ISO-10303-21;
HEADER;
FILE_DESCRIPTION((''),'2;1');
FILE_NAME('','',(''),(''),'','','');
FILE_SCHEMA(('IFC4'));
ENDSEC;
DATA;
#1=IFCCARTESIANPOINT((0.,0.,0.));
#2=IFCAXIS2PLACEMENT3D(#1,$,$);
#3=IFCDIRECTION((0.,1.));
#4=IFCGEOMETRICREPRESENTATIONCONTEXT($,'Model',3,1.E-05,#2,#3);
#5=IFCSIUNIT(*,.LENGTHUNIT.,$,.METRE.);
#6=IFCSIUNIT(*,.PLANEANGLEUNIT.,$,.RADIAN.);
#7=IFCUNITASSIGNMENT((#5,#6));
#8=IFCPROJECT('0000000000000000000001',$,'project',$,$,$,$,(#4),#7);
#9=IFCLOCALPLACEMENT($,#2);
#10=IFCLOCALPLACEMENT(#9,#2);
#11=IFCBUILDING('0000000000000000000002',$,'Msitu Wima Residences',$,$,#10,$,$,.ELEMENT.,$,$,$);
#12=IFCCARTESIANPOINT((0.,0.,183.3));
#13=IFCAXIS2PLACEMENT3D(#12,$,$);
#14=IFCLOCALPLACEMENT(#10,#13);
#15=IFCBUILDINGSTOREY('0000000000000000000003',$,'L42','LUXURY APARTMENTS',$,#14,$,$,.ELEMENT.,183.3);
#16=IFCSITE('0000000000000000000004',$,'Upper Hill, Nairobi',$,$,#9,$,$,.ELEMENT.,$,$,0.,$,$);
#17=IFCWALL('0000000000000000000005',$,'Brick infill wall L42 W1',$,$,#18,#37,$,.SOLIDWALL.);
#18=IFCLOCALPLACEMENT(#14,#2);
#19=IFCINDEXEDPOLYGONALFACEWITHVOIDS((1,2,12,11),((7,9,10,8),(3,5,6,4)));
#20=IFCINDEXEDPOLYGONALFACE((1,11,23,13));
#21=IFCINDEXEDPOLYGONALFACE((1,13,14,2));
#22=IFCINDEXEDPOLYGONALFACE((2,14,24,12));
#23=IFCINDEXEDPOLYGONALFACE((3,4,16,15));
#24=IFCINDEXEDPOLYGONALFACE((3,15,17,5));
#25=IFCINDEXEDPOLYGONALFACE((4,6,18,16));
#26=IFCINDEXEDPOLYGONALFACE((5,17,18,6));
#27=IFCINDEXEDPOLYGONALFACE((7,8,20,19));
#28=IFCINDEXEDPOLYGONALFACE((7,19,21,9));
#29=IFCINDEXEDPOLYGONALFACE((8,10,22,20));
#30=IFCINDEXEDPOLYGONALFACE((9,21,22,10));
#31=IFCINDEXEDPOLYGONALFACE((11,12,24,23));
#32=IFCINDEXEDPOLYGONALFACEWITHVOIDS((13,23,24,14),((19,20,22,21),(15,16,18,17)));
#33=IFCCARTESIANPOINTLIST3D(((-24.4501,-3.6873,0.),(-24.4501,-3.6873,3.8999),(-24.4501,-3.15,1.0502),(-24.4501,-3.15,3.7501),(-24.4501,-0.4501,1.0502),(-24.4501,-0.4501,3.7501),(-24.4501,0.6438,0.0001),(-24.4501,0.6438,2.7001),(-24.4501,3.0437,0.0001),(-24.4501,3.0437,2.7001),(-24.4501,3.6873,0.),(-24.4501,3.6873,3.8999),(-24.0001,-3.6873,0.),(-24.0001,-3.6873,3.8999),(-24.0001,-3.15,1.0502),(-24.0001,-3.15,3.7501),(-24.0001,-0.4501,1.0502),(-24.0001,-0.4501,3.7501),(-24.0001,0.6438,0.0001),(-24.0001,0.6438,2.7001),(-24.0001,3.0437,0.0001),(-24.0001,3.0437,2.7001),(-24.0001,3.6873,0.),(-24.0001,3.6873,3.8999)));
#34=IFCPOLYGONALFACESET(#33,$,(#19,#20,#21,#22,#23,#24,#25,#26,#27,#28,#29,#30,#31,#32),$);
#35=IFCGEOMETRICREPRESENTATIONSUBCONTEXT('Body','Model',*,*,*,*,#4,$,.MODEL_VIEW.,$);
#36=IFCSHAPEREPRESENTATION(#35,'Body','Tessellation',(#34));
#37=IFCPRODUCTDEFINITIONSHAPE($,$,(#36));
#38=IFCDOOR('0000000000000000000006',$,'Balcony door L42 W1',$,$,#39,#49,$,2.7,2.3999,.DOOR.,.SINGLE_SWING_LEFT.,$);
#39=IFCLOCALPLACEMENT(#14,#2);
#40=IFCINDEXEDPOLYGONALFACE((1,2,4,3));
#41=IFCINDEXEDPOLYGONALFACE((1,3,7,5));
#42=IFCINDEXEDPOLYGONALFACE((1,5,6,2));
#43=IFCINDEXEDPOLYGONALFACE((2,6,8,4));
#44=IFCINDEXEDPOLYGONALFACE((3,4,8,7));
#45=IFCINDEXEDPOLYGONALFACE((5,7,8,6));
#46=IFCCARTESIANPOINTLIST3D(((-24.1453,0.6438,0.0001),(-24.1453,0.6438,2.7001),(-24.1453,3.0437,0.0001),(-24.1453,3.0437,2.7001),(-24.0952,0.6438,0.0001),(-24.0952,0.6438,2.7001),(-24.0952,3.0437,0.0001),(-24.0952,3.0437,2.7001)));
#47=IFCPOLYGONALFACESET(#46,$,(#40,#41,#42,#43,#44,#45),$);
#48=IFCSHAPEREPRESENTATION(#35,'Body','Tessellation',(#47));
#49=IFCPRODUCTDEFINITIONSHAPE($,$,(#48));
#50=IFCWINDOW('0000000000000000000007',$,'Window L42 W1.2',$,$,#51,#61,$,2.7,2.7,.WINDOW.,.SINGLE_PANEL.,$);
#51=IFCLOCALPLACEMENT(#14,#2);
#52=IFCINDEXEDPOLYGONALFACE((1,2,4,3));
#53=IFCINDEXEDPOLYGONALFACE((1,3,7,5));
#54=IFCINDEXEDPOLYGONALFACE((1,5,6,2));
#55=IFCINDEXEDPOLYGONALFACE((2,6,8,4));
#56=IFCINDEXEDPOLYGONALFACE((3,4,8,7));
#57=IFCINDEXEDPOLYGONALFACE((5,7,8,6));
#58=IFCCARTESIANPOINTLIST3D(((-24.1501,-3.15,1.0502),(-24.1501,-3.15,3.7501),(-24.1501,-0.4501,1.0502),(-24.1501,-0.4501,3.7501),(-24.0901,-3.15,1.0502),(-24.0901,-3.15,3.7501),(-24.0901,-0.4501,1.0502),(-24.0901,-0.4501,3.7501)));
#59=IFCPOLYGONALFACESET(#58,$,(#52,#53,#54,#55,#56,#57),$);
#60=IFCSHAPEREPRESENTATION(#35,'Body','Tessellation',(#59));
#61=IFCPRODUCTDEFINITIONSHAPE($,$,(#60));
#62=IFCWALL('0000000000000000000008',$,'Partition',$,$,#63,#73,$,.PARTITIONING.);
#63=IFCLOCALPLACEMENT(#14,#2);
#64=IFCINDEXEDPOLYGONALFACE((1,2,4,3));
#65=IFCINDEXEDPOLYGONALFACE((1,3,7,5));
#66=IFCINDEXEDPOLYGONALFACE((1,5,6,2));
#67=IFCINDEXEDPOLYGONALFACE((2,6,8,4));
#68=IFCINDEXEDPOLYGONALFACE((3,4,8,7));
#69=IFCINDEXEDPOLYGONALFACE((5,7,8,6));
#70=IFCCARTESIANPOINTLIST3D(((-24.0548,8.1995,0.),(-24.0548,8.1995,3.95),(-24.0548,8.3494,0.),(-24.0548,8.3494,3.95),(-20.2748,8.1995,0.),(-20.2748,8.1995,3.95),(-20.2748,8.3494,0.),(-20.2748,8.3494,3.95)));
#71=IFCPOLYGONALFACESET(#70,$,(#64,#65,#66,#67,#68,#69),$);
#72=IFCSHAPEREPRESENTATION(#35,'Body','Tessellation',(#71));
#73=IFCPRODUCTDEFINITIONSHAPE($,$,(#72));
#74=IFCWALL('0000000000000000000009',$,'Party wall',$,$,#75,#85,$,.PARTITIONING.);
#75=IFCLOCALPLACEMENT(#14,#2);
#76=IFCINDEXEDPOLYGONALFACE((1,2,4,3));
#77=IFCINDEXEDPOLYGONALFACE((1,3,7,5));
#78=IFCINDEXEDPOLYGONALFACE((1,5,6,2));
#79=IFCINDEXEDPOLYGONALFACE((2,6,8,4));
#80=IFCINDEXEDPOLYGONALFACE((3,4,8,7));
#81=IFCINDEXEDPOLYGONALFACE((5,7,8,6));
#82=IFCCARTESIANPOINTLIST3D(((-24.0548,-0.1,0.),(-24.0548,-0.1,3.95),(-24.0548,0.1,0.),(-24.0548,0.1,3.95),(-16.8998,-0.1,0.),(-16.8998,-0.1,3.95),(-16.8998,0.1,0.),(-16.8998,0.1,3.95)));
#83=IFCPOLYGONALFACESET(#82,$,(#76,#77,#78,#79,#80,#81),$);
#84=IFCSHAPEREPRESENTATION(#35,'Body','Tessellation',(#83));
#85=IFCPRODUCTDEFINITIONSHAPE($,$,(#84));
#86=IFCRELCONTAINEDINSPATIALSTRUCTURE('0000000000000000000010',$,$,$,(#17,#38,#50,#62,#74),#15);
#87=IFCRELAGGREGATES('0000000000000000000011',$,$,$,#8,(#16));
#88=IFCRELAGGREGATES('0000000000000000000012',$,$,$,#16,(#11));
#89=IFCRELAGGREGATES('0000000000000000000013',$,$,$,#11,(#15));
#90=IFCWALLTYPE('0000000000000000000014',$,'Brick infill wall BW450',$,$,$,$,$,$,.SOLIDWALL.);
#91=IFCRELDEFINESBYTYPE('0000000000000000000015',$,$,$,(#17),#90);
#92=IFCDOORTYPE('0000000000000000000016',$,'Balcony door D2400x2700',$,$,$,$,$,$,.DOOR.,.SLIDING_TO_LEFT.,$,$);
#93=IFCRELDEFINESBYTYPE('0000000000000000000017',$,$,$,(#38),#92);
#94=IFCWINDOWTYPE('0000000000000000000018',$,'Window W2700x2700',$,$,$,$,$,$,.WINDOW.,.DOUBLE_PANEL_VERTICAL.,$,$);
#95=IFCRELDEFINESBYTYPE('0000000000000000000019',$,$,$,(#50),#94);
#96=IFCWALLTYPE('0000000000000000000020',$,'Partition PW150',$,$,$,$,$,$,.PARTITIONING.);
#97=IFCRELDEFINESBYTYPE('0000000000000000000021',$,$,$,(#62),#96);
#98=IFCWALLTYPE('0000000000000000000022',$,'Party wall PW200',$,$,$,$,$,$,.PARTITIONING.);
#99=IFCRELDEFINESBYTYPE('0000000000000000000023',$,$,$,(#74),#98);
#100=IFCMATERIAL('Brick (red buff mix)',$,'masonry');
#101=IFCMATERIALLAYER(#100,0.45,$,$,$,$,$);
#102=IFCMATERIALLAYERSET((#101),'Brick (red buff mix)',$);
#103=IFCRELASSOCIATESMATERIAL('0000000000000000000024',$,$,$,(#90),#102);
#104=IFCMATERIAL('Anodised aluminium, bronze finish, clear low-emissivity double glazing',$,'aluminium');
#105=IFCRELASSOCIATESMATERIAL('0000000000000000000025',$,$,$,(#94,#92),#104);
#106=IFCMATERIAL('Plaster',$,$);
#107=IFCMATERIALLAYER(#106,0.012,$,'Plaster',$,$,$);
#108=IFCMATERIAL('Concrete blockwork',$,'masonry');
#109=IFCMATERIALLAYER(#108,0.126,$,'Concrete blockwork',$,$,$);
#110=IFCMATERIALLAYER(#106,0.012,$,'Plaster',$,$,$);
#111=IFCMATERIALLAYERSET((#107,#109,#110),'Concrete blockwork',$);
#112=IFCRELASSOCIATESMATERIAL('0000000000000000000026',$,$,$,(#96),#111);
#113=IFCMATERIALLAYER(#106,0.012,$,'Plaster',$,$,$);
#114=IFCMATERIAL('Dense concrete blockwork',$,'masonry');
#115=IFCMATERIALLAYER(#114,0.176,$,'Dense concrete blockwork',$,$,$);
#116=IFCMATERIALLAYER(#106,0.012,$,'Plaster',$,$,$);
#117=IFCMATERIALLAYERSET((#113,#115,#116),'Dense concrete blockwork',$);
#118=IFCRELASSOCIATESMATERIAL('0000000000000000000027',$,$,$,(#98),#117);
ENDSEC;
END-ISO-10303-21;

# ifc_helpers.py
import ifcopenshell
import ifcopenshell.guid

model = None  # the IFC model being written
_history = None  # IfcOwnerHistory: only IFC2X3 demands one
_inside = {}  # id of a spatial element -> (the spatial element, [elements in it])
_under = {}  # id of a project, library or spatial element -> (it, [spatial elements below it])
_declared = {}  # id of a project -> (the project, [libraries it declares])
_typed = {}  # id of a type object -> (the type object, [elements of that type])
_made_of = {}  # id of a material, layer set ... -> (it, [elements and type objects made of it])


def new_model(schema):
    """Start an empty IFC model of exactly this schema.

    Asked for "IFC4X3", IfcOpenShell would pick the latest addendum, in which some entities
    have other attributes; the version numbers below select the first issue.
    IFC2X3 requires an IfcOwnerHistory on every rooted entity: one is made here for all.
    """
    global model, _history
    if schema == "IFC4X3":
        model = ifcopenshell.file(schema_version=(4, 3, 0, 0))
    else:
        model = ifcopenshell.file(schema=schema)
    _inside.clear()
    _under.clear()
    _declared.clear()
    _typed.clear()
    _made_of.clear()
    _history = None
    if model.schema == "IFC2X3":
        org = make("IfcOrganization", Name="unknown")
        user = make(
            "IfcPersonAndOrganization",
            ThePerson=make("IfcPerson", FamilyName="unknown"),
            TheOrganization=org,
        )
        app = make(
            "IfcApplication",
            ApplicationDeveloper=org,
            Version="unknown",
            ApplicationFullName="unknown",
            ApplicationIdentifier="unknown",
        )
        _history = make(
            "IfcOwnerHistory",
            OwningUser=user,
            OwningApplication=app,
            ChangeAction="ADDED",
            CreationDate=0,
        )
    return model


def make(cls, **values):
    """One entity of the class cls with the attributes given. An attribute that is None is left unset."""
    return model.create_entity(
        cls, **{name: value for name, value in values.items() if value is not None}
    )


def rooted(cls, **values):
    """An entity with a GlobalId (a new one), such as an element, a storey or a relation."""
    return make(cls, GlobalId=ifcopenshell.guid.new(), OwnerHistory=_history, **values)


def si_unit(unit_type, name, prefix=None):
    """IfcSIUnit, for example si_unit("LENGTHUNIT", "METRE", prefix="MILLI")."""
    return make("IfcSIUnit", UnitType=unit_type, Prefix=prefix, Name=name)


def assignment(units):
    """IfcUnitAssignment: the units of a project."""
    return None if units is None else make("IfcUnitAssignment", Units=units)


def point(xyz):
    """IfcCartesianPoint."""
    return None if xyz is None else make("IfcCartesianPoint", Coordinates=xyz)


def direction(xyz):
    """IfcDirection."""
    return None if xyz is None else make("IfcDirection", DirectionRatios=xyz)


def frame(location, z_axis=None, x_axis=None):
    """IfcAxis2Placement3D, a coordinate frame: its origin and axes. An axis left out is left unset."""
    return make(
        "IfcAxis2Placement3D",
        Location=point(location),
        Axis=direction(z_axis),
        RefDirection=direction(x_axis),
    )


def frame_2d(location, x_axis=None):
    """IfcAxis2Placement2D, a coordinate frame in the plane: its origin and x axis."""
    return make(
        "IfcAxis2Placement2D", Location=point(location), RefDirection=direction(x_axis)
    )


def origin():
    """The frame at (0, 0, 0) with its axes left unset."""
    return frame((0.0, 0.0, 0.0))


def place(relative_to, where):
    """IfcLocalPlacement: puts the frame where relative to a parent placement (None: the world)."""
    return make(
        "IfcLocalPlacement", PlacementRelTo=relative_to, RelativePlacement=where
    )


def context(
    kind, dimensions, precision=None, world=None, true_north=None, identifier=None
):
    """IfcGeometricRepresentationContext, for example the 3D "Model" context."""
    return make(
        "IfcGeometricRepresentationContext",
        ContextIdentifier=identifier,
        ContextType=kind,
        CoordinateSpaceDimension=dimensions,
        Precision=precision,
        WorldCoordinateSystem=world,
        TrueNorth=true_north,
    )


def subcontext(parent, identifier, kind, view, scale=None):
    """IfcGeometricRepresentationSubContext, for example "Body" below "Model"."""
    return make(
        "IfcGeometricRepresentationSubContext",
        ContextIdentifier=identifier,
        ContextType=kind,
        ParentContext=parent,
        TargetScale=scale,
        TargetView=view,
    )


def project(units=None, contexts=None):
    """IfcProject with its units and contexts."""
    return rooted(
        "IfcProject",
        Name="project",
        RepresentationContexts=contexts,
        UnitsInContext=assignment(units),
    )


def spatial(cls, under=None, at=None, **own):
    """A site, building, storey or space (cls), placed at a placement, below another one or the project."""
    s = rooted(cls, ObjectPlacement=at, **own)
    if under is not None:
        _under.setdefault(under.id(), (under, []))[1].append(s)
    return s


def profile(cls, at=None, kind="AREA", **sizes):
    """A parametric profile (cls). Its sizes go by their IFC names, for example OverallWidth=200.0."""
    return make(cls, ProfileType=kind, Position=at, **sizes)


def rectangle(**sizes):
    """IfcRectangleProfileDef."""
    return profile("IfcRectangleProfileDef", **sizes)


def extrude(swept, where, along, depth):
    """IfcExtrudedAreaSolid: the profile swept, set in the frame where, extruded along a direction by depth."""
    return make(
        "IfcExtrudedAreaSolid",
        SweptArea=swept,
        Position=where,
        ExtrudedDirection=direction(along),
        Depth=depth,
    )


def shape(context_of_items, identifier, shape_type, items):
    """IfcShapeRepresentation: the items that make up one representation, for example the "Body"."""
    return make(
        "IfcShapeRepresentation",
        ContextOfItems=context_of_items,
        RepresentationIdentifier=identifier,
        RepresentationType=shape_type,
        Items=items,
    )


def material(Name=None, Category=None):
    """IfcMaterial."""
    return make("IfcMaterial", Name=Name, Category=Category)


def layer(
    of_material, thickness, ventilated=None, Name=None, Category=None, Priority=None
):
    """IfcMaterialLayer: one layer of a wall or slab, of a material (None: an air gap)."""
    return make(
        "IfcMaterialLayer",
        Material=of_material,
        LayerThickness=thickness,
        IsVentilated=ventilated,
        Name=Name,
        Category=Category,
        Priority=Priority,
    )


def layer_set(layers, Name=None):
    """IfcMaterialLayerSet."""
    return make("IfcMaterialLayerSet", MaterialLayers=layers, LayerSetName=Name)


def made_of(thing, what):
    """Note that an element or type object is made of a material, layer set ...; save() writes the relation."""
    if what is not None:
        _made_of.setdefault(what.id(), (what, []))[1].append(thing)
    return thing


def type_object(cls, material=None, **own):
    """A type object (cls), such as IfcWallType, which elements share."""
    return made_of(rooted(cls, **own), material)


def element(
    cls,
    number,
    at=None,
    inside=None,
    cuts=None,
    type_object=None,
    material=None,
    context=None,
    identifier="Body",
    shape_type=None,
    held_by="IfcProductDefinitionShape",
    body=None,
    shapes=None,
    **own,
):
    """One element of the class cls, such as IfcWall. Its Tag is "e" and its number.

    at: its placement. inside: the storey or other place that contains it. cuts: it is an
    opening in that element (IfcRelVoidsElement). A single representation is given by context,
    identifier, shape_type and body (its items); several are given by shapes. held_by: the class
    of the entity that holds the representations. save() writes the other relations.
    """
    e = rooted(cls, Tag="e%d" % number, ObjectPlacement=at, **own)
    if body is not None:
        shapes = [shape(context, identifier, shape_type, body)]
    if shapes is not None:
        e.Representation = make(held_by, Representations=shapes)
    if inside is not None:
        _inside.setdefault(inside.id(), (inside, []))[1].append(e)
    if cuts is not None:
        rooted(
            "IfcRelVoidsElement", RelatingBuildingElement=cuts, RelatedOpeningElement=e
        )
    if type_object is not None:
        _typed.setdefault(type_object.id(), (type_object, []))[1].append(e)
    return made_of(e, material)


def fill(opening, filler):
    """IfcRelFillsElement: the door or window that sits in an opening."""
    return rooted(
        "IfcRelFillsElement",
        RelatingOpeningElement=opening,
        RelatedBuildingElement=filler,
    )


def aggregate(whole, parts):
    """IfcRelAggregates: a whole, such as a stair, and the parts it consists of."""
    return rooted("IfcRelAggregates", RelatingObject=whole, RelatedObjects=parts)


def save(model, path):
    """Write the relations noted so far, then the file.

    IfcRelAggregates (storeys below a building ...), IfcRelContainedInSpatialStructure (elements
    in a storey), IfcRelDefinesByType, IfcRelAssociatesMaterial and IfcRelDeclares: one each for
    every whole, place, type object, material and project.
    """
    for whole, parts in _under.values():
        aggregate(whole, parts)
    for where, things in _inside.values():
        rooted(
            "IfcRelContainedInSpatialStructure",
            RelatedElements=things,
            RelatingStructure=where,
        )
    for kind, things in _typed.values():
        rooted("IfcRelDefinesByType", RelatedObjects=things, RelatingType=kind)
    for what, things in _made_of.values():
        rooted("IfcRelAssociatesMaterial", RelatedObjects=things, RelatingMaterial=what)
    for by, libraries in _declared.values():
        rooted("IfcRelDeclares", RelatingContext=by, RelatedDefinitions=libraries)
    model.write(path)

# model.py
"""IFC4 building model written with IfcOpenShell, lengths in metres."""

from ifc_helpers import new_model, si_unit, direction, frame, frame_2d, origin, place, context, subcontext, project, spatial, rectangle, extrude, material, layer, layer_set, type_object, element, fill, save


model = new_model("IFC4")

# Units and contexts
model_context = context("Model", 3, precision=1e-05, world=origin(), true_north=direction((0.0, 1.0)))
body_context = subcontext(model_context, "Body", "Model", "MODEL_VIEW")
ifc_project = project(units=[si_unit("LENGTHUNIT", "METRE"), si_unit("PLANEANGLEUNIT", "RADIAN")], contexts=[model_context])

# Site, building, storey
site_placement = place(None, origin())
site = spatial("IfcSite", under=ifc_project, at=site_placement, Name="Upper Hill, Nairobi", CompositionType="ELEMENT", RefElevation=0.0)
building_placement = place(site_placement, origin())
building = spatial("IfcBuilding", under=site, at=building_placement, Name="Msitu Wima Residences", CompositionType="ELEMENT")
storey_placement = place(building_placement, frame((0.0, 0.0, 183.3)))
storey = spatial("IfcBuildingStorey", under=building, at=storey_placement, Name="L42", Description="LUXURY APARTMENTS", CompositionType="ELEMENT", Elevation=183.3)

# Shared definitions
ifc_material_1 = material(Name="Brick (red buff mix)", Category="masonry")
ifc_layer_1 = layer(ifc_material_1, 0.45)
ifc_layer_set_1 = layer_set([ifc_layer_1], Name="Brick (red buff mix)")
wall_type_1 = type_object("IfcWallType", Name="Brick infill wall BW450", PredefinedType="SOLIDWALL", material=ifc_layer_set_1)
ifc_material_2 = material(Name="Anodised aluminium, bronze finish, clear low-emissivity double glazing", Category="aluminium")
window_type = type_object("IfcWindowType", Name="Window W2700x2700", PartitioningType="DOUBLE_PANEL_VERTICAL", PredefinedType="WINDOW", material=ifc_material_2)

# Wall, openings, door, window
wall_1_placement = place(storey_placement, frame((-24.2251, 3.6873, 0.0), z_axis=(0.0, 0.0, 1.0), x_axis=(0.0, -1.0, 0.0)))
wall_1 = element("IfcWall", 1, at=wall_1_placement, inside=storey, type_object=wall_type_1, Name="Brick infill wall L42 W1", PredefinedType="SOLIDWALL", context=body_context, shape_type="SweptSolid", body=[
    extrude(rectangle(XDim=7.3745, YDim=0.45, at=frame_2d((3.6873, 0.0))), origin(), (0.0, 0.0, 1.0), 3.8999),
])
opening_1_placement = place(wall_1_placement, frame((0.6436, 0.0, 0.0)))
opening_1 = element("IfcOpeningElement", 2, at=opening_1_placement, cuts=wall_1, PredefinedType="OPENING", context=body_context, shape_type="SweptSolid", body=[
    extrude(rectangle(XDim=2.3999, YDim=2.7, at=frame_2d((1.2, 1.3501))), frame((0.0, 0.2349, 0.0), z_axis=(0.0, -1.0, 0.0), x_axis=(1.0, 0.0, 0.0)), (0.0, 0.0, 1.0), 0.47),
])
opening_2_placement = place(wall_1_placement, frame((4.1372, 0.0, 1.05)))
opening_2 = element("IfcOpeningElement", 3, at=opening_2_placement, cuts=wall_1, PredefinedType="OPENING", context=body_context, shape_type="SweptSolid", body=[
    extrude(rectangle(XDim=2.7, YDim=2.7, at=frame_2d((1.3501, 1.3501))), frame((0.0, 0.2349, 0.0), z_axis=(0.0, -1.0, 0.0), x_axis=(1.0, 0.0, 0.0)), (0.0, 0.0, 1.0), 0.47),
])
door_type = type_object("IfcDoorType", Name="Balcony door D2400x2700", OperationType="SLIDING_TO_LEFT", PredefinedType="DOOR", material=ifc_material_2)
door_placement = place(opening_1_placement, origin())
door = element("IfcDoor", 4, at=door_placement, inside=storey, type_object=door_type, Name="Balcony door L42 W1", OperationType="SINGLE_SWING_LEFT", OverallHeight=2.7, OverallWidth=2.3999, PredefinedType="DOOR", context=body_context, shape_type="SweptSolid", body=[
    extrude(rectangle(XDim=2.3999, YDim=2.7, at=frame_2d((1.2, 1.3501))), frame((0.0, 0.1299, 0.0), z_axis=(0.0, -1.0, 0.0), x_axis=(1.0, 0.0, 0.0)), (0.0, 0.0, 1.0), 0.05),
])
fill(opening_1, door)
window_1_placement = place(opening_2_placement, origin())
window_1 = element("IfcWindow", 5, at=window_1_placement, inside=storey, type_object=window_type, Name="Window L42 W1.2", OverallHeight=2.7, OverallWidth=2.7, PartitioningType="SINGLE_PANEL", PredefinedType="WINDOW", context=body_context, shape_type="SweptSolid", body=[
    extrude(rectangle(XDim=2.7, YDim=2.7, at=frame_2d((1.3501, 1.3501))), frame((0.0, 0.135, 0.0), z_axis=(0.0, -1.0, 0.0), x_axis=(1.0, 0.0, 0.0)), (0.0, 0.0, 1.0), 0.0601),
])
fill(opening_2, window_1)

# Walls
ifc_material_3 = material(Name="Plaster")
ifc_layer_2 = layer(ifc_material_3, 0.012, Name="Plaster")
ifc_material_4 = material(Name="Concrete blockwork", Category="masonry")
ifc_layer_3 = layer(ifc_material_4, 0.126, Name="Concrete blockwork")
ifc_layer_4 = layer(ifc_material_3, 0.012, Name="Plaster")
ifc_layer_set_2 = layer_set([ifc_layer_2, ifc_layer_3, ifc_layer_4], Name="Concrete blockwork")
wall_type_2 = type_object("IfcWallType", Name="Partition PW150", PredefinedType="PARTITIONING", material=ifc_layer_set_2)
wall_2_placement = place(storey_placement, frame((-24.0549, 8.2744, 0.0), z_axis=(0.0, 0.0, 1.0), x_axis=(1.0, 0.0, 0.0)))
element("IfcWall", 6, at=wall_2_placement, inside=storey, type_object=wall_type_2, Name="Partition", PredefinedType="PARTITIONING", context=body_context, shape_type="SweptSolid", body=[
    extrude(rectangle(XDim=3.78, YDim=0.1499, at=frame_2d((1.8901, 0.0))), origin(), (0.0, 0.0, 1.0), 3.95),
])
ifc_layer_5 = layer(ifc_material_3, 0.012, Name="Plaster")
ifc_material_5 = material(Name="Dense concrete blockwork", Category="masonry")
ifc_layer_6 = layer(ifc_material_5, 0.176, Name="Dense concrete blockwork")
ifc_layer_7 = layer(ifc_material_3, 0.012, Name="Plaster")
ifc_layer_set_3 = layer_set([ifc_layer_5, ifc_layer_6, ifc_layer_7], Name="Dense concrete blockwork")
wall_type_3 = type_object("IfcWallType", Name="Party wall PW200", PredefinedType="PARTITIONING", material=ifc_layer_set_3)
wall_3_placement = place(storey_placement, frame((-24.0549, 0.0, 0.0), z_axis=(0.0, 0.0, 1.0), x_axis=(1.0, 0.0, 0.0)))
element("IfcWall", 7, at=wall_3_placement, inside=storey, type_object=wall_type_3, Name="Party wall", PredefinedType="PARTITIONING", context=body_context, shape_type="SweptSolid", body=[
    extrude(rectangle(XDim=7.155, YDim=0.2, at=frame_2d((3.5776, 0.0))), origin(), (0.0, 0.0, 1.0), 3.95),
])

save(model, "model.ifc")
